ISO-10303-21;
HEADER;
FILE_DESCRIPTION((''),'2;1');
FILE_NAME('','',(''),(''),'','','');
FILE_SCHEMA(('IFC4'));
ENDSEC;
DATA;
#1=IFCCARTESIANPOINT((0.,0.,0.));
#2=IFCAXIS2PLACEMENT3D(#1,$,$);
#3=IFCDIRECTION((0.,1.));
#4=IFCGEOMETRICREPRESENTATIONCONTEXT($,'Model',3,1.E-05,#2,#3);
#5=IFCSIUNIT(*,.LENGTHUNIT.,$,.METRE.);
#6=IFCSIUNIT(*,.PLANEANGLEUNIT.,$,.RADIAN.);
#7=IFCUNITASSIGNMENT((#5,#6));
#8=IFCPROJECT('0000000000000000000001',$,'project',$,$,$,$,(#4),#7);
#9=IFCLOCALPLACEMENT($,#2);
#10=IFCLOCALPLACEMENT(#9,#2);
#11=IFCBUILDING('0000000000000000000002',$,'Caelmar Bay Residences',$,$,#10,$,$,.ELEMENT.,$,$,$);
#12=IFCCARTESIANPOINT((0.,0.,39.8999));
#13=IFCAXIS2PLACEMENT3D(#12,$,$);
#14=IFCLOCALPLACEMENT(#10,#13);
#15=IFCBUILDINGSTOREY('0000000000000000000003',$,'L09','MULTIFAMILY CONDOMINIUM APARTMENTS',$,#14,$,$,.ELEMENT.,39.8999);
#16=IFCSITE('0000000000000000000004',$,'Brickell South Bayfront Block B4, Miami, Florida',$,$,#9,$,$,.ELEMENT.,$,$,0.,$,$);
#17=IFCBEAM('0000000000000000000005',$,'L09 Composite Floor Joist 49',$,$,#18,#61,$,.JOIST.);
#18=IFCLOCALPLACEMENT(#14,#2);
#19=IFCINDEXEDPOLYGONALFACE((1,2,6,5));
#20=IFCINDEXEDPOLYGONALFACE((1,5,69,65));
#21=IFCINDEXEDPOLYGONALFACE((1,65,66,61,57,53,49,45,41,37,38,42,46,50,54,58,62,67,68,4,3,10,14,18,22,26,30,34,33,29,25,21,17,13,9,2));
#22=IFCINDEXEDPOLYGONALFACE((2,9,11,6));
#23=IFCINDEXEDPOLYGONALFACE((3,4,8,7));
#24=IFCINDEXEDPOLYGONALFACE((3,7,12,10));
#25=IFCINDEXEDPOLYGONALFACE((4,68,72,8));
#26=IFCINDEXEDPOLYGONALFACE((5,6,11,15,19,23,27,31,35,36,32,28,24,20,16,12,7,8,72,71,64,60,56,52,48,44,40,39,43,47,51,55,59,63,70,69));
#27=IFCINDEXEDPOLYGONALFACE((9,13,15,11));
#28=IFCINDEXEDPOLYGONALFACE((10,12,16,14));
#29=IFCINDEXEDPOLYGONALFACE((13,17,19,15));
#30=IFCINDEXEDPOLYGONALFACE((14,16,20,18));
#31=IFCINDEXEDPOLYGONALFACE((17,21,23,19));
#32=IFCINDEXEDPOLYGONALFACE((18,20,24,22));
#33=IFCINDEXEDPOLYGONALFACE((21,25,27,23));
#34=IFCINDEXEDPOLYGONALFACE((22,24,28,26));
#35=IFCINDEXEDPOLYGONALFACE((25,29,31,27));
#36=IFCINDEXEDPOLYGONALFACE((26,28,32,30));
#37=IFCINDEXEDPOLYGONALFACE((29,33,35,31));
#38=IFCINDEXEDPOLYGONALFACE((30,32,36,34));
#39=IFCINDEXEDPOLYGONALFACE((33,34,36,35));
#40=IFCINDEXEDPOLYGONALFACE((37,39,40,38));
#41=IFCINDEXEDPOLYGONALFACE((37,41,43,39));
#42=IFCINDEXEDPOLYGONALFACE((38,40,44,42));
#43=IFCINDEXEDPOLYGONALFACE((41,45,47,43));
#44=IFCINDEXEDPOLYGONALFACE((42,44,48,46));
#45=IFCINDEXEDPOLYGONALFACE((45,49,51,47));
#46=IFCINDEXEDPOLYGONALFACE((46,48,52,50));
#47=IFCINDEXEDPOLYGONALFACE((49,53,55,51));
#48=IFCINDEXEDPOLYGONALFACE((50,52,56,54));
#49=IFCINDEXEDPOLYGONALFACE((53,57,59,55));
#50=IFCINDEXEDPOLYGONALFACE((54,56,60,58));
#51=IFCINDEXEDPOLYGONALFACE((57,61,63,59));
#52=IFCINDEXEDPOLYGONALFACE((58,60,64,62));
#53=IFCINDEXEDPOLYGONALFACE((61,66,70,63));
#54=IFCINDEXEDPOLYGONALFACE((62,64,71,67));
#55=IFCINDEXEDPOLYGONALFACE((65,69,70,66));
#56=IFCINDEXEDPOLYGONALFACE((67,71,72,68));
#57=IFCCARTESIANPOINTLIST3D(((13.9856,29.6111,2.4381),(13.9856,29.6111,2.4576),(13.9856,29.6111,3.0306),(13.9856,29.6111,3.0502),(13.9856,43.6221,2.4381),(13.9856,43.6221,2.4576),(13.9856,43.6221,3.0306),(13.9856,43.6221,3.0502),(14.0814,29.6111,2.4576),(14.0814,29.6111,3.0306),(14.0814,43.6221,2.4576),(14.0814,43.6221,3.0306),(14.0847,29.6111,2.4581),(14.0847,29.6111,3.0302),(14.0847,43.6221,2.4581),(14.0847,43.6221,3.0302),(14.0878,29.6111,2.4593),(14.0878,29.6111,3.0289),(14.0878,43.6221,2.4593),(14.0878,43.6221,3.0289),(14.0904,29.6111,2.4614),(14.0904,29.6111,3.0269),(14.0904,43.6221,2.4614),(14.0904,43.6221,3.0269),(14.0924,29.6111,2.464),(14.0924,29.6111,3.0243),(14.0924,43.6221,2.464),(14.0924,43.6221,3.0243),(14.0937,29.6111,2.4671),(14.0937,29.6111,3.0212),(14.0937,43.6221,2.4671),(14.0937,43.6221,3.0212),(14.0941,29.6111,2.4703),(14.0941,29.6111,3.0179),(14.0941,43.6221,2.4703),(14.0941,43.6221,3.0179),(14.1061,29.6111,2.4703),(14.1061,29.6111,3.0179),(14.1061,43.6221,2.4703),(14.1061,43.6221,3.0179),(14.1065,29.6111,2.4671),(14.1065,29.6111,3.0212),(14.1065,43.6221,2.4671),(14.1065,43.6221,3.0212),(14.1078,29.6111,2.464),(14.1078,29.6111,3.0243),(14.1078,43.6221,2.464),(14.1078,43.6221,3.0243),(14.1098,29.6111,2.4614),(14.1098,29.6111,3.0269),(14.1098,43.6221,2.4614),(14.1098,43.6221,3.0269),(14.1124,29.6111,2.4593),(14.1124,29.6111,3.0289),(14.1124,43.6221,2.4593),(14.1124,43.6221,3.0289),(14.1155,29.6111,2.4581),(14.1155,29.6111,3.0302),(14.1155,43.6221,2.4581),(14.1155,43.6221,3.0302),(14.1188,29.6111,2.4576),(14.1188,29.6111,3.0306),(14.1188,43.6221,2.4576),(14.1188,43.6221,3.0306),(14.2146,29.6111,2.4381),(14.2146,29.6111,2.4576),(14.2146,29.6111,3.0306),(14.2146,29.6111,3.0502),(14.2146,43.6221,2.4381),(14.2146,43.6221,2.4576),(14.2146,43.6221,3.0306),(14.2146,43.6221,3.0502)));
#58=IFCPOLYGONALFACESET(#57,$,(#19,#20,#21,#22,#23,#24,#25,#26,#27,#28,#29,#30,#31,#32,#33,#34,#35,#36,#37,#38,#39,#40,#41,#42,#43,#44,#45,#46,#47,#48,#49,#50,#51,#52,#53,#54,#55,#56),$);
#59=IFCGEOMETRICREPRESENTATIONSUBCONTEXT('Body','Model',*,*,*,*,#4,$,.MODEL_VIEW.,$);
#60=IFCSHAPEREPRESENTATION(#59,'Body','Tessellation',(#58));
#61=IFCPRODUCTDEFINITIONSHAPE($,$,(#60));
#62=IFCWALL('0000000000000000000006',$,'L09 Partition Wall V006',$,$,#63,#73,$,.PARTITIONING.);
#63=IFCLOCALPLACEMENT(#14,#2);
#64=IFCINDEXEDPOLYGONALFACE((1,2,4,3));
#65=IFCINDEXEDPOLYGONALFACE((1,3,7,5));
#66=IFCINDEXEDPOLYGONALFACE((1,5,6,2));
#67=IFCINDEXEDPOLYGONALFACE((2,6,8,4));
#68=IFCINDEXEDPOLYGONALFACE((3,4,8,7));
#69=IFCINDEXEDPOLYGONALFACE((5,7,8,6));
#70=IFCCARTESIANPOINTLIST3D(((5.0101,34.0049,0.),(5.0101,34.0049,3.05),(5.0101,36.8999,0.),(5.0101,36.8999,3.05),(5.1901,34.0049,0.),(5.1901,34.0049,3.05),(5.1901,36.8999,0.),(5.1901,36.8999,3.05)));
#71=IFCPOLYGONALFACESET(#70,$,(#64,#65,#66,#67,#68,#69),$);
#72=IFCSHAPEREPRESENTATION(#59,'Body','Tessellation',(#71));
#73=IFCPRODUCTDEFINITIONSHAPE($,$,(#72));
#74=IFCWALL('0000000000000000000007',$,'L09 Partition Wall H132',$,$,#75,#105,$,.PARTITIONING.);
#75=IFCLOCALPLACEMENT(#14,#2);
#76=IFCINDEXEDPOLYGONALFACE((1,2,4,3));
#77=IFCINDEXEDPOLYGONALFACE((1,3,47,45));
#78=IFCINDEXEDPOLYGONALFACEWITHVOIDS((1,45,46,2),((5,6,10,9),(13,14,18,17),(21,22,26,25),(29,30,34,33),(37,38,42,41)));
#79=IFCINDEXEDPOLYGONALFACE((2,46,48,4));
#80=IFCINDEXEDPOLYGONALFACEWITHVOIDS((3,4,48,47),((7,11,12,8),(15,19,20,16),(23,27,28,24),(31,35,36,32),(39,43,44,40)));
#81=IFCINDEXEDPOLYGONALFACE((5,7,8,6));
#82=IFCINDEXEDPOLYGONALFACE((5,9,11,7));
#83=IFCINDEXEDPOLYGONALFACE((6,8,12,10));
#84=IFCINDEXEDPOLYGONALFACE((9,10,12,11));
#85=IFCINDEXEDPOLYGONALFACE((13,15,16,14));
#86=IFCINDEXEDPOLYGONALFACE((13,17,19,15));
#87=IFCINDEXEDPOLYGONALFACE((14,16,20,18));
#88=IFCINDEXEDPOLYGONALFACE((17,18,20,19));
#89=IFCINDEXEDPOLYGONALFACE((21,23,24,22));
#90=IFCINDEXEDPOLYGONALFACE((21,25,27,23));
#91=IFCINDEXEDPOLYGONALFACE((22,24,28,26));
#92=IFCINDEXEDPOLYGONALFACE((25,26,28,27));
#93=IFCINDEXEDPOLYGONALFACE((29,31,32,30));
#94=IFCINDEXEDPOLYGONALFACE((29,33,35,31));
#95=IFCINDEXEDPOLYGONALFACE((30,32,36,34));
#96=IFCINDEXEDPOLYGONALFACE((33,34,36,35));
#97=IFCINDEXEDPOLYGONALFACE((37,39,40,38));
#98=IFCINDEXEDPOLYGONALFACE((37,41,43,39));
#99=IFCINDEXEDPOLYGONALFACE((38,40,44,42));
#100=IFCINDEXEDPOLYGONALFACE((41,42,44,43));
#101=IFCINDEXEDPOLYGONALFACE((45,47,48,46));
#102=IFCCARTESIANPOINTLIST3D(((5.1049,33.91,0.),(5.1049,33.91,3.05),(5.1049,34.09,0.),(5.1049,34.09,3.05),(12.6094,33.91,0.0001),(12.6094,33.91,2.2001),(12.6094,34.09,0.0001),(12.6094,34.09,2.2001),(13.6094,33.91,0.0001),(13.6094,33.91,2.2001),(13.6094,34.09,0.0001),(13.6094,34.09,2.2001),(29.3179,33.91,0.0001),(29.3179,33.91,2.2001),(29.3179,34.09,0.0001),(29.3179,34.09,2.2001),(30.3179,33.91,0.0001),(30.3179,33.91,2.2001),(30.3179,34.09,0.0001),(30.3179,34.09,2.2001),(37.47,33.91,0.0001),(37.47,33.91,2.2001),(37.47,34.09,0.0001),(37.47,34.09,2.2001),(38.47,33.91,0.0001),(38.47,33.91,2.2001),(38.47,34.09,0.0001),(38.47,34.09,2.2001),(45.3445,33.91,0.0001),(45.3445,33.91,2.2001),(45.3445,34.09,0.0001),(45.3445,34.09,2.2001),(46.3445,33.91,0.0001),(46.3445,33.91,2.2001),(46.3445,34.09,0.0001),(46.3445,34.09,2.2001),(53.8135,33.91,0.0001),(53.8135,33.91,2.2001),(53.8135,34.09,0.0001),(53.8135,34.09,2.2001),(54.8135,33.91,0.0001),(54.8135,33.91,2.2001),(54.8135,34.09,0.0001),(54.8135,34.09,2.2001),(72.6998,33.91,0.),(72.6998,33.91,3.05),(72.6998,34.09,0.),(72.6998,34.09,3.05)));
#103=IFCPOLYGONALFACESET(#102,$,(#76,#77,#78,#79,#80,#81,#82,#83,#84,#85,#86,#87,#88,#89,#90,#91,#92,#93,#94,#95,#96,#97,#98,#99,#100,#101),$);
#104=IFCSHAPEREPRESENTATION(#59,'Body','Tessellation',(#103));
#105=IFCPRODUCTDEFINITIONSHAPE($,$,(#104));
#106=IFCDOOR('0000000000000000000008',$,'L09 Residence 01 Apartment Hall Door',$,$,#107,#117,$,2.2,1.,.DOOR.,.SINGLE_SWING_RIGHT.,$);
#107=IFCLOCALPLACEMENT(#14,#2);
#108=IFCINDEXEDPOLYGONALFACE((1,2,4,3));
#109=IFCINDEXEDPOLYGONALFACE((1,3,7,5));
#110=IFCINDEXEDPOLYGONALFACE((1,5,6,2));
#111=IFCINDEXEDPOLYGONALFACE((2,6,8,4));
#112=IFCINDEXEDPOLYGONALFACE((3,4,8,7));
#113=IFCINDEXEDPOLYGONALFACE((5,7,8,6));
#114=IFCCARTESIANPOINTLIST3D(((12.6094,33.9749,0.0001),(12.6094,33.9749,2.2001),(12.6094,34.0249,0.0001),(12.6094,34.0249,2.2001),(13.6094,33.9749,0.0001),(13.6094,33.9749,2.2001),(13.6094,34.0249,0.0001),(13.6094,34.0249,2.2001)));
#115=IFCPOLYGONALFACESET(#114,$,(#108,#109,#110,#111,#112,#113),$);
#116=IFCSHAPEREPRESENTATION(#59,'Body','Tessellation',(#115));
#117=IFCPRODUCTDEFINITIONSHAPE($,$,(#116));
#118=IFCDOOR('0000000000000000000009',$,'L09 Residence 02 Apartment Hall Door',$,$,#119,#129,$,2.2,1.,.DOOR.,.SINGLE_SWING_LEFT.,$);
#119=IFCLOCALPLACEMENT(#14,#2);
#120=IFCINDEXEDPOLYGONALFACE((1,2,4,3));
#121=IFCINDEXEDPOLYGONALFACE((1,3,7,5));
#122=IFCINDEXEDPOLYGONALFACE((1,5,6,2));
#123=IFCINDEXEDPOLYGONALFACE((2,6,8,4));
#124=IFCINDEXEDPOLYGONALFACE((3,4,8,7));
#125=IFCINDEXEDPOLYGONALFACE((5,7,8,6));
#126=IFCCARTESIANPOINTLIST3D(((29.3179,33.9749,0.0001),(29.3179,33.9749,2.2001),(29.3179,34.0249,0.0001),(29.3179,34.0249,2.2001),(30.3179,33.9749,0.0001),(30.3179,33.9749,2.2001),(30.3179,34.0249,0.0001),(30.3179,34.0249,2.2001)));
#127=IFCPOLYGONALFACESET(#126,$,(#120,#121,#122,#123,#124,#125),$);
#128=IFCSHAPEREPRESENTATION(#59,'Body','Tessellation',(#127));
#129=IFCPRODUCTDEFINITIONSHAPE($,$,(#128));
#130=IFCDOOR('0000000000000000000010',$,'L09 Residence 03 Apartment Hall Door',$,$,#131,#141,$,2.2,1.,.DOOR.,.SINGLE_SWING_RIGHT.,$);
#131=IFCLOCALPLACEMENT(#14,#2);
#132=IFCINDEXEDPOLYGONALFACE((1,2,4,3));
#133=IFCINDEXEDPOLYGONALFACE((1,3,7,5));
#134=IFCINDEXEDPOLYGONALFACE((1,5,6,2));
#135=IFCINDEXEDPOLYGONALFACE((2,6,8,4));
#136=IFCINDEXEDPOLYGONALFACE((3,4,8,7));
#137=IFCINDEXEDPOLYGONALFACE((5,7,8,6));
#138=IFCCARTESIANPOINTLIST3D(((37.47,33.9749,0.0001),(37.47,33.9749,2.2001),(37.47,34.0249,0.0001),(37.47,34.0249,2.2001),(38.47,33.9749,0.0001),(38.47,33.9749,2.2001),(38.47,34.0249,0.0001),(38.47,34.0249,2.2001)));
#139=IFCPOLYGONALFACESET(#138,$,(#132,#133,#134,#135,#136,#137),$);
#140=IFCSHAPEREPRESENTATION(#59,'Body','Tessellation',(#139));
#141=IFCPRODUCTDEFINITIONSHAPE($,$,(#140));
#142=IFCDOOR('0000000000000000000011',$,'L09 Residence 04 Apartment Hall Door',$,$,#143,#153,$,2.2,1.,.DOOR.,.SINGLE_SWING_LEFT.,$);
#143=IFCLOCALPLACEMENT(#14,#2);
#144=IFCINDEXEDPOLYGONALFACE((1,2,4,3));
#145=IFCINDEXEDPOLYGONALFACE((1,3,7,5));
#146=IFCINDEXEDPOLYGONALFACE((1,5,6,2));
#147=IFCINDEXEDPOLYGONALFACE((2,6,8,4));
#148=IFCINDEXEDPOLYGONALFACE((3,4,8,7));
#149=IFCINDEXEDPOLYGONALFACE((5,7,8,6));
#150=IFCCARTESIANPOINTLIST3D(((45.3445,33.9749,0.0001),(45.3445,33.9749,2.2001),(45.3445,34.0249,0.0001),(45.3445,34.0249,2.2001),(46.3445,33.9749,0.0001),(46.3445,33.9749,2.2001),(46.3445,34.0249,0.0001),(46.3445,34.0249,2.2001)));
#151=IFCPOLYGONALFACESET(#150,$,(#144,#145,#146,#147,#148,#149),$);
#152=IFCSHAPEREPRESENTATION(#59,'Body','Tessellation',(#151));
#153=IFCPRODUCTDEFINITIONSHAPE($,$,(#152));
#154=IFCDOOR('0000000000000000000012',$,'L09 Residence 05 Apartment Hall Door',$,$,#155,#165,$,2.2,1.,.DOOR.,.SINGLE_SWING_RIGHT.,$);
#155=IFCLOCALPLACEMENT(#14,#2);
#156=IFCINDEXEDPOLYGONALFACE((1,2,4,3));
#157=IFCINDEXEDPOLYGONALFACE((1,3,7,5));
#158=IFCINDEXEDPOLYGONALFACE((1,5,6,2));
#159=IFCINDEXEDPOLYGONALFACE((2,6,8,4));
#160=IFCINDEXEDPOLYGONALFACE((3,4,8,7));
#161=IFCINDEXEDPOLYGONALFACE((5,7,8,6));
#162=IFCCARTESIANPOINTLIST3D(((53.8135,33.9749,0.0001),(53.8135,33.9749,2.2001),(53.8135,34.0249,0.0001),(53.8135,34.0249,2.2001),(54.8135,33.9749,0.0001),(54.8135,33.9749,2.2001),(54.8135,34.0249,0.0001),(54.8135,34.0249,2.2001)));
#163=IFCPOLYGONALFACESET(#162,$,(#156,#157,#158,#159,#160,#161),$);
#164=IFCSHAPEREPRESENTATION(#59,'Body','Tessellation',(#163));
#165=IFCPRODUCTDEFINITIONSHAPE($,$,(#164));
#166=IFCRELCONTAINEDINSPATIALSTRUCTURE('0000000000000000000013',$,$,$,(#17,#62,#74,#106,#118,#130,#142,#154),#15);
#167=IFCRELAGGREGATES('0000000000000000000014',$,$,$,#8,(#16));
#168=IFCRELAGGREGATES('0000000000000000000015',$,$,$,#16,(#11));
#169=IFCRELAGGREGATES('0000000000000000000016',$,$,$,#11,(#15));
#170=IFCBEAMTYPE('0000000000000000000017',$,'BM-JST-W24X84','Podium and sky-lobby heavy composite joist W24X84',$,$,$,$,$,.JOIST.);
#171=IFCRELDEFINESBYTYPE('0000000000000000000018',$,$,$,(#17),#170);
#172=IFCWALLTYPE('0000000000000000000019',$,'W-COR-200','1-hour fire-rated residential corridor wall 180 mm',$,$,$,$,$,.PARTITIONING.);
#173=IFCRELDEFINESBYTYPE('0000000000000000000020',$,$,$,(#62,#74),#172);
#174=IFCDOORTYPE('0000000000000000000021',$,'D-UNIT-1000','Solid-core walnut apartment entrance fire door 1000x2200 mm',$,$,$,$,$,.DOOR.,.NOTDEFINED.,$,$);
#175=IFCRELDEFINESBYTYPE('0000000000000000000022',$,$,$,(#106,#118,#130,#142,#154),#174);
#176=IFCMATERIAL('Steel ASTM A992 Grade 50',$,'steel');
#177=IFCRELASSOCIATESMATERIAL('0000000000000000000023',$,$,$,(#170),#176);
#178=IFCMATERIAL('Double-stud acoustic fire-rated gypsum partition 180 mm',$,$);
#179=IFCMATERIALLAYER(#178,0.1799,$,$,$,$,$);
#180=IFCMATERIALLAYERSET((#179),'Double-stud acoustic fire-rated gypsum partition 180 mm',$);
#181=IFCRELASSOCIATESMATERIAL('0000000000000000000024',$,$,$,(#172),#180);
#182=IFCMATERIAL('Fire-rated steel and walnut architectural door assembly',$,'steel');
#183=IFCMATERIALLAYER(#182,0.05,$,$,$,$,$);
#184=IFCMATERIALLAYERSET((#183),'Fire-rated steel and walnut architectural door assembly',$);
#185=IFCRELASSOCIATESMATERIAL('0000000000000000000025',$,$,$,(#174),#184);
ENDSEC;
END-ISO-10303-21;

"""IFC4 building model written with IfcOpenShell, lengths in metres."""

from ifc_helpers import new_model, si_unit, direction, frame, frame_2d, origin, origin_2d, place, context, subcontext, project, spatial, rectangle, i_section, extrude, material, layer, layer_set, material_profile, profile_set, type_object, element, fill, save


model = new_model("IFC4")

# Units and contexts
model_context = context("Model", 3, precision=1e-05, world=origin(), true_north=direction((0.0, 1.0)))
body_context = subcontext(model_context, "Body", "Model", "MODEL_VIEW")
ifc_project = project(units=[si_unit("LENGTHUNIT", "METRE"), si_unit("PLANEANGLEUNIT", "RADIAN")], contexts=[model_context])

# Site, building, storey
site_placement = place(None, origin())
site = spatial("IfcSite", under=ifc_project, at=site_placement, Name="Brickell South Bayfront Block B4, Miami, Florida", CompositionType="ELEMENT", RefElevation=0.0)
building_placement = place(site_placement, origin())
building = spatial("IfcBuilding", under=site, at=building_placement, Name="Caelmar Bay Residences", CompositionType="ELEMENT")
storey_placement = place(building_placement, frame((0.0, 0.0, 39.8999)))
storey = spatial("IfcBuildingStorey", under=building, at=storey_placement, Name="L09", Description="MULTIFAMILY CONDOMINIUM APARTMENTS", CompositionType="ELEMENT", Elevation=39.8999)

# Beam
ifc_material_1 = material(Name="Steel ASTM A992 Grade 50", Category="steel")
ifc_material_profile_1 = material_profile(ifc_material_1, i_section(OverallWidth=0.229, OverallDepth=0.6121, WebThickness=0.012, FlangeThickness=0.0195, FilletRadius=0.0127, at=origin_2d()), Name="W24X84")
ifc_profile_set_1 = profile_set([ifc_material_profile_1], Name="Steel ASTM A992 Grade 50")
beam_type_1 = type_object("IfcBeamType", Name="BM-JST-W24X84", Description="Podium and sky-lobby heavy composite joist W24X84", PredefinedType="JOIST", material=ifc_profile_set_1)
beam_1_placement = place(storey_placement, frame((14.1001, 29.6111, 2.7441), z_axis=(0.0, 1.0, 0.0), x_axis=(-1.0, 0.0, 0.0)))
element("IfcBeam", 1, at=beam_1_placement, inside=storey, type_object=beam_type_1, Name="L09 Composite Floor Joist 49", PredefinedType="JOIST", context=body_context, shape_type="SweptSolid", body=[
    extrude(i_section(OverallWidth=0.229, OverallDepth=0.6121, WebThickness=0.012, FlangeThickness=0.0195, FilletRadius=0.0127, at=origin_2d()), origin(), (0.0, 0.0, 1.0), 14.011),
])

# Shared definitions
ifc_material_2 = material(Name="Fire-rated steel and walnut architectural door assembly", Category="steel")

# Wall
ifc_material_3 = material(Name="Double-stud acoustic fire-rated gypsum partition 180 mm")
ifc_layer_1 = layer(ifc_material_3, 0.1799)
ifc_layer_set_1 = layer_set([ifc_layer_1], Name="Double-stud acoustic fire-rated gypsum partition 180 mm")
wall_type_1 = type_object("IfcWallType", Name="W-COR-200", Description="1-hour fire-rated residential corridor wall 180 mm", PredefinedType="PARTITIONING", material=ifc_layer_set_1)
wall_1_placement = place(storey_placement, frame((5.1001, 34.0049, 0.0), z_axis=(0.0, 0.0, 1.0), x_axis=(0.0, 1.0, 0.0)))
element("IfcWall", 2, at=wall_1_placement, inside=storey, type_object=wall_type_1, Name="L09 Partition Wall V006", PredefinedType="PARTITIONING", context=body_context, shape_type="SweptSolid", body=[
    extrude(rectangle(XDim=2.895, YDim=0.1799, at=frame_2d((1.4475, 0.0))), origin(), (0.0, 0.0, 1.0), 3.05),
])

# Wall, openings, doors
wall_2_placement = place(storey_placement, frame((5.105, 34.0, 0.0), z_axis=(0.0, 0.0, 1.0), x_axis=(1.0, 0.0, 0.0)))
wall_2 = element("IfcWall", 3, at=wall_2_placement, inside=storey, type_object=wall_type_1, Name="L09 Partition Wall H132", PredefinedType="PARTITIONING", context=body_context, shape_type="SweptSolid", body=[
    extrude(rectangle(XDim=67.595, YDim=0.1799, at=frame_2d((33.7974, 0.0))), origin(), (0.0, 0.0, 1.0), 3.05),
])
opening_1_placement = place(wall_2_placement, frame((7.5044, 0.0, 0.0)))
opening_1 = element("IfcOpeningElement", 4, at=opening_1_placement, cuts=wall_2, PredefinedType="OPENING", context=body_context, shape_type="SweptSolid", body=[
    extrude(rectangle(XDim=1.0, YDim=2.2, at=frame_2d((0.5, 1.1001))), frame((0.0, 0.0999, 0.0), z_axis=(0.0, -1.0, 0.0), x_axis=(1.0, 0.0, 0.0)), (0.0, 0.0, 1.0), 0.2),
])
opening_2_placement = place(wall_2_placement, frame((24.2129, 0.0, 0.0)))
opening_2 = element("IfcOpeningElement", 5, at=opening_2_placement, cuts=wall_2, PredefinedType="OPENING", context=body_context, shape_type="SweptSolid", body=[
    extrude(rectangle(XDim=1.0, YDim=2.2, at=frame_2d((0.5, 1.1001))), frame((0.0, 0.0999, 0.0), z_axis=(0.0, -1.0, 0.0), x_axis=(1.0, 0.0, 0.0)), (0.0, 0.0, 1.0), 0.2),
])
opening_3_placement = place(wall_2_placement, frame((32.365, 0.0, 0.0)))
opening_3 = element("IfcOpeningElement", 6, at=opening_3_placement, cuts=wall_2, PredefinedType="OPENING", context=body_context, shape_type="SweptSolid", body=[
    extrude(rectangle(XDim=1.0, YDim=2.2, at=frame_2d((0.5, 1.1001))), frame((0.0, 0.0999, 0.0), z_axis=(0.0, -1.0, 0.0), x_axis=(1.0, 0.0, 0.0)), (0.0, 0.0, 1.0), 0.2),
])
opening_4_placement = place(wall_2_placement, frame((40.2395, 0.0, 0.0)))
opening_4 = element("IfcOpeningElement", 7, at=opening_4_placement, cuts=wall_2, PredefinedType="OPENING", context=body_context, shape_type="SweptSolid", body=[
    extrude(rectangle(XDim=1.0, YDim=2.2, at=frame_2d((0.5, 1.1001))), frame((0.0, 0.0999, 0.0), z_axis=(0.0, -1.0, 0.0), x_axis=(1.0, 0.0, 0.0)), (0.0, 0.0, 1.0), 0.2),
])
opening_5_placement = place(wall_2_placement, frame((48.7085, 0.0, 0.0)))
opening_5 = element("IfcOpeningElement", 8, at=opening_5_placement, cuts=wall_2, PredefinedType="OPENING", context=body_context, shape_type="SweptSolid", body=[
    extrude(rectangle(XDim=1.0, YDim=2.2, at=frame_2d((0.5, 1.1001))), frame((0.0, 0.0999, 0.0), z_axis=(0.0, -1.0, 0.0), x_axis=(1.0, 0.0, 0.0)), (0.0, 0.0, 1.0), 0.2),
])
ifc_layer_2 = layer(ifc_material_2, 0.05)
ifc_layer_set_2 = layer_set([ifc_layer_2], Name="Fire-rated steel and walnut architectural door assembly")
door_type_1 = type_object("IfcDoorType", Name="D-UNIT-1000", Description="Solid-core walnut apartment entrance fire door 1000x2200 mm", OperationType="NOTDEFINED", PredefinedType="DOOR", material=ifc_layer_set_2)
door_1_placement = place(opening_1_placement, origin())
door_1 = element("IfcDoor", 9, at=door_1_placement, inside=storey, type_object=door_type_1, Name="L09 Residence 01 Apartment Hall Door", OperationType="SINGLE_SWING_RIGHT", OverallHeight=2.2, OverallWidth=1.0, PredefinedType="DOOR", context=body_context, shape_type="SweptSolid", body=[
    extrude(rectangle(XDim=1.0, YDim=2.2, at=frame_2d((0.5, 1.1001))), frame((0.0, 0.0249, 0.0), z_axis=(0.0, -1.0, 0.0), x_axis=(1.0, 0.0, 0.0)), (0.0, 0.0, 1.0), 0.05),
])
fill(opening_1, door_1)
door_2_placement = place(opening_2_placement, origin())
door_2 = element("IfcDoor", 10, at=door_2_placement, inside=storey, type_object=door_type_1, Name="L09 Residence 02 Apartment Hall Door", OperationType="SINGLE_SWING_LEFT", OverallHeight=2.2, OverallWidth=1.0, PredefinedType="DOOR", context=body_context, shape_type="SweptSolid", body=[
    extrude(rectangle(XDim=1.0, YDim=2.2, at=frame_2d((0.5, 1.1001))), frame((0.0, 0.0249, 0.0), z_axis=(0.0, -1.0, 0.0), x_axis=(1.0, 0.0, 0.0)), (0.0, 0.0, 1.0), 0.05),
])
fill(opening_2, door_2)
door_3_placement = place(opening_3_placement, origin())
door_3 = element("IfcDoor", 11, at=door_3_placement, inside=storey, type_object=door_type_1, Name="L09 Residence 03 Apartment Hall Door", OperationType="SINGLE_SWING_RIGHT", OverallHeight=2.2, OverallWidth=1.0, PredefinedType="DOOR", context=body_context, shape_type="SweptSolid", body=[
    extrude(rectangle(XDim=1.0, YDim=2.2, at=frame_2d((0.5, 1.1001))), frame((0.0, 0.0249, 0.0), z_axis=(0.0, -1.0, 0.0), x_axis=(1.0, 0.0, 0.0)), (0.0, 0.0, 1.0), 0.05),
])
fill(opening_3, door_3)
door_4_placement = place(opening_4_placement, origin())
door_4 = element("IfcDoor", 12, at=door_4_placement, inside=storey, type_object=door_type_1, Name="L09 Residence 04 Apartment Hall Door", OperationType="SINGLE_SWING_LEFT", OverallHeight=2.2, OverallWidth=1.0, PredefinedType="DOOR", context=body_context, shape_type="SweptSolid", body=[
    extrude(rectangle(XDim=1.0, YDim=2.2, at=frame_2d((0.5, 1.1001))), frame((0.0, 0.0249, 0.0), z_axis=(0.0, -1.0, 0.0), x_axis=(1.0, 0.0, 0.0)), (0.0, 0.0, 1.0), 0.05),
])
fill(opening_4, door_4)
door_5_placement = place(opening_5_placement, origin())
door_5 = element("IfcDoor", 13, at=door_5_placement, inside=storey, type_object=door_type_1, Name="L09 Residence 05 Apartment Hall Door", OperationType="SINGLE_SWING_RIGHT", OverallHeight=2.2, OverallWidth=1.0, PredefinedType="DOOR", context=body_context, shape_type="SweptSolid", body=[
    extrude(rectangle(XDim=1.0, YDim=2.2, at=frame_2d((0.5, 1.1001))), frame((0.0, 0.0249, 0.0), z_axis=(0.0, -1.0, 0.0), x_axis=(1.0, 0.0, 0.0)), (0.0, 0.0, 1.0), 0.05),
])
fill(opening_5, door_5)

save(model, "model.ifc")
